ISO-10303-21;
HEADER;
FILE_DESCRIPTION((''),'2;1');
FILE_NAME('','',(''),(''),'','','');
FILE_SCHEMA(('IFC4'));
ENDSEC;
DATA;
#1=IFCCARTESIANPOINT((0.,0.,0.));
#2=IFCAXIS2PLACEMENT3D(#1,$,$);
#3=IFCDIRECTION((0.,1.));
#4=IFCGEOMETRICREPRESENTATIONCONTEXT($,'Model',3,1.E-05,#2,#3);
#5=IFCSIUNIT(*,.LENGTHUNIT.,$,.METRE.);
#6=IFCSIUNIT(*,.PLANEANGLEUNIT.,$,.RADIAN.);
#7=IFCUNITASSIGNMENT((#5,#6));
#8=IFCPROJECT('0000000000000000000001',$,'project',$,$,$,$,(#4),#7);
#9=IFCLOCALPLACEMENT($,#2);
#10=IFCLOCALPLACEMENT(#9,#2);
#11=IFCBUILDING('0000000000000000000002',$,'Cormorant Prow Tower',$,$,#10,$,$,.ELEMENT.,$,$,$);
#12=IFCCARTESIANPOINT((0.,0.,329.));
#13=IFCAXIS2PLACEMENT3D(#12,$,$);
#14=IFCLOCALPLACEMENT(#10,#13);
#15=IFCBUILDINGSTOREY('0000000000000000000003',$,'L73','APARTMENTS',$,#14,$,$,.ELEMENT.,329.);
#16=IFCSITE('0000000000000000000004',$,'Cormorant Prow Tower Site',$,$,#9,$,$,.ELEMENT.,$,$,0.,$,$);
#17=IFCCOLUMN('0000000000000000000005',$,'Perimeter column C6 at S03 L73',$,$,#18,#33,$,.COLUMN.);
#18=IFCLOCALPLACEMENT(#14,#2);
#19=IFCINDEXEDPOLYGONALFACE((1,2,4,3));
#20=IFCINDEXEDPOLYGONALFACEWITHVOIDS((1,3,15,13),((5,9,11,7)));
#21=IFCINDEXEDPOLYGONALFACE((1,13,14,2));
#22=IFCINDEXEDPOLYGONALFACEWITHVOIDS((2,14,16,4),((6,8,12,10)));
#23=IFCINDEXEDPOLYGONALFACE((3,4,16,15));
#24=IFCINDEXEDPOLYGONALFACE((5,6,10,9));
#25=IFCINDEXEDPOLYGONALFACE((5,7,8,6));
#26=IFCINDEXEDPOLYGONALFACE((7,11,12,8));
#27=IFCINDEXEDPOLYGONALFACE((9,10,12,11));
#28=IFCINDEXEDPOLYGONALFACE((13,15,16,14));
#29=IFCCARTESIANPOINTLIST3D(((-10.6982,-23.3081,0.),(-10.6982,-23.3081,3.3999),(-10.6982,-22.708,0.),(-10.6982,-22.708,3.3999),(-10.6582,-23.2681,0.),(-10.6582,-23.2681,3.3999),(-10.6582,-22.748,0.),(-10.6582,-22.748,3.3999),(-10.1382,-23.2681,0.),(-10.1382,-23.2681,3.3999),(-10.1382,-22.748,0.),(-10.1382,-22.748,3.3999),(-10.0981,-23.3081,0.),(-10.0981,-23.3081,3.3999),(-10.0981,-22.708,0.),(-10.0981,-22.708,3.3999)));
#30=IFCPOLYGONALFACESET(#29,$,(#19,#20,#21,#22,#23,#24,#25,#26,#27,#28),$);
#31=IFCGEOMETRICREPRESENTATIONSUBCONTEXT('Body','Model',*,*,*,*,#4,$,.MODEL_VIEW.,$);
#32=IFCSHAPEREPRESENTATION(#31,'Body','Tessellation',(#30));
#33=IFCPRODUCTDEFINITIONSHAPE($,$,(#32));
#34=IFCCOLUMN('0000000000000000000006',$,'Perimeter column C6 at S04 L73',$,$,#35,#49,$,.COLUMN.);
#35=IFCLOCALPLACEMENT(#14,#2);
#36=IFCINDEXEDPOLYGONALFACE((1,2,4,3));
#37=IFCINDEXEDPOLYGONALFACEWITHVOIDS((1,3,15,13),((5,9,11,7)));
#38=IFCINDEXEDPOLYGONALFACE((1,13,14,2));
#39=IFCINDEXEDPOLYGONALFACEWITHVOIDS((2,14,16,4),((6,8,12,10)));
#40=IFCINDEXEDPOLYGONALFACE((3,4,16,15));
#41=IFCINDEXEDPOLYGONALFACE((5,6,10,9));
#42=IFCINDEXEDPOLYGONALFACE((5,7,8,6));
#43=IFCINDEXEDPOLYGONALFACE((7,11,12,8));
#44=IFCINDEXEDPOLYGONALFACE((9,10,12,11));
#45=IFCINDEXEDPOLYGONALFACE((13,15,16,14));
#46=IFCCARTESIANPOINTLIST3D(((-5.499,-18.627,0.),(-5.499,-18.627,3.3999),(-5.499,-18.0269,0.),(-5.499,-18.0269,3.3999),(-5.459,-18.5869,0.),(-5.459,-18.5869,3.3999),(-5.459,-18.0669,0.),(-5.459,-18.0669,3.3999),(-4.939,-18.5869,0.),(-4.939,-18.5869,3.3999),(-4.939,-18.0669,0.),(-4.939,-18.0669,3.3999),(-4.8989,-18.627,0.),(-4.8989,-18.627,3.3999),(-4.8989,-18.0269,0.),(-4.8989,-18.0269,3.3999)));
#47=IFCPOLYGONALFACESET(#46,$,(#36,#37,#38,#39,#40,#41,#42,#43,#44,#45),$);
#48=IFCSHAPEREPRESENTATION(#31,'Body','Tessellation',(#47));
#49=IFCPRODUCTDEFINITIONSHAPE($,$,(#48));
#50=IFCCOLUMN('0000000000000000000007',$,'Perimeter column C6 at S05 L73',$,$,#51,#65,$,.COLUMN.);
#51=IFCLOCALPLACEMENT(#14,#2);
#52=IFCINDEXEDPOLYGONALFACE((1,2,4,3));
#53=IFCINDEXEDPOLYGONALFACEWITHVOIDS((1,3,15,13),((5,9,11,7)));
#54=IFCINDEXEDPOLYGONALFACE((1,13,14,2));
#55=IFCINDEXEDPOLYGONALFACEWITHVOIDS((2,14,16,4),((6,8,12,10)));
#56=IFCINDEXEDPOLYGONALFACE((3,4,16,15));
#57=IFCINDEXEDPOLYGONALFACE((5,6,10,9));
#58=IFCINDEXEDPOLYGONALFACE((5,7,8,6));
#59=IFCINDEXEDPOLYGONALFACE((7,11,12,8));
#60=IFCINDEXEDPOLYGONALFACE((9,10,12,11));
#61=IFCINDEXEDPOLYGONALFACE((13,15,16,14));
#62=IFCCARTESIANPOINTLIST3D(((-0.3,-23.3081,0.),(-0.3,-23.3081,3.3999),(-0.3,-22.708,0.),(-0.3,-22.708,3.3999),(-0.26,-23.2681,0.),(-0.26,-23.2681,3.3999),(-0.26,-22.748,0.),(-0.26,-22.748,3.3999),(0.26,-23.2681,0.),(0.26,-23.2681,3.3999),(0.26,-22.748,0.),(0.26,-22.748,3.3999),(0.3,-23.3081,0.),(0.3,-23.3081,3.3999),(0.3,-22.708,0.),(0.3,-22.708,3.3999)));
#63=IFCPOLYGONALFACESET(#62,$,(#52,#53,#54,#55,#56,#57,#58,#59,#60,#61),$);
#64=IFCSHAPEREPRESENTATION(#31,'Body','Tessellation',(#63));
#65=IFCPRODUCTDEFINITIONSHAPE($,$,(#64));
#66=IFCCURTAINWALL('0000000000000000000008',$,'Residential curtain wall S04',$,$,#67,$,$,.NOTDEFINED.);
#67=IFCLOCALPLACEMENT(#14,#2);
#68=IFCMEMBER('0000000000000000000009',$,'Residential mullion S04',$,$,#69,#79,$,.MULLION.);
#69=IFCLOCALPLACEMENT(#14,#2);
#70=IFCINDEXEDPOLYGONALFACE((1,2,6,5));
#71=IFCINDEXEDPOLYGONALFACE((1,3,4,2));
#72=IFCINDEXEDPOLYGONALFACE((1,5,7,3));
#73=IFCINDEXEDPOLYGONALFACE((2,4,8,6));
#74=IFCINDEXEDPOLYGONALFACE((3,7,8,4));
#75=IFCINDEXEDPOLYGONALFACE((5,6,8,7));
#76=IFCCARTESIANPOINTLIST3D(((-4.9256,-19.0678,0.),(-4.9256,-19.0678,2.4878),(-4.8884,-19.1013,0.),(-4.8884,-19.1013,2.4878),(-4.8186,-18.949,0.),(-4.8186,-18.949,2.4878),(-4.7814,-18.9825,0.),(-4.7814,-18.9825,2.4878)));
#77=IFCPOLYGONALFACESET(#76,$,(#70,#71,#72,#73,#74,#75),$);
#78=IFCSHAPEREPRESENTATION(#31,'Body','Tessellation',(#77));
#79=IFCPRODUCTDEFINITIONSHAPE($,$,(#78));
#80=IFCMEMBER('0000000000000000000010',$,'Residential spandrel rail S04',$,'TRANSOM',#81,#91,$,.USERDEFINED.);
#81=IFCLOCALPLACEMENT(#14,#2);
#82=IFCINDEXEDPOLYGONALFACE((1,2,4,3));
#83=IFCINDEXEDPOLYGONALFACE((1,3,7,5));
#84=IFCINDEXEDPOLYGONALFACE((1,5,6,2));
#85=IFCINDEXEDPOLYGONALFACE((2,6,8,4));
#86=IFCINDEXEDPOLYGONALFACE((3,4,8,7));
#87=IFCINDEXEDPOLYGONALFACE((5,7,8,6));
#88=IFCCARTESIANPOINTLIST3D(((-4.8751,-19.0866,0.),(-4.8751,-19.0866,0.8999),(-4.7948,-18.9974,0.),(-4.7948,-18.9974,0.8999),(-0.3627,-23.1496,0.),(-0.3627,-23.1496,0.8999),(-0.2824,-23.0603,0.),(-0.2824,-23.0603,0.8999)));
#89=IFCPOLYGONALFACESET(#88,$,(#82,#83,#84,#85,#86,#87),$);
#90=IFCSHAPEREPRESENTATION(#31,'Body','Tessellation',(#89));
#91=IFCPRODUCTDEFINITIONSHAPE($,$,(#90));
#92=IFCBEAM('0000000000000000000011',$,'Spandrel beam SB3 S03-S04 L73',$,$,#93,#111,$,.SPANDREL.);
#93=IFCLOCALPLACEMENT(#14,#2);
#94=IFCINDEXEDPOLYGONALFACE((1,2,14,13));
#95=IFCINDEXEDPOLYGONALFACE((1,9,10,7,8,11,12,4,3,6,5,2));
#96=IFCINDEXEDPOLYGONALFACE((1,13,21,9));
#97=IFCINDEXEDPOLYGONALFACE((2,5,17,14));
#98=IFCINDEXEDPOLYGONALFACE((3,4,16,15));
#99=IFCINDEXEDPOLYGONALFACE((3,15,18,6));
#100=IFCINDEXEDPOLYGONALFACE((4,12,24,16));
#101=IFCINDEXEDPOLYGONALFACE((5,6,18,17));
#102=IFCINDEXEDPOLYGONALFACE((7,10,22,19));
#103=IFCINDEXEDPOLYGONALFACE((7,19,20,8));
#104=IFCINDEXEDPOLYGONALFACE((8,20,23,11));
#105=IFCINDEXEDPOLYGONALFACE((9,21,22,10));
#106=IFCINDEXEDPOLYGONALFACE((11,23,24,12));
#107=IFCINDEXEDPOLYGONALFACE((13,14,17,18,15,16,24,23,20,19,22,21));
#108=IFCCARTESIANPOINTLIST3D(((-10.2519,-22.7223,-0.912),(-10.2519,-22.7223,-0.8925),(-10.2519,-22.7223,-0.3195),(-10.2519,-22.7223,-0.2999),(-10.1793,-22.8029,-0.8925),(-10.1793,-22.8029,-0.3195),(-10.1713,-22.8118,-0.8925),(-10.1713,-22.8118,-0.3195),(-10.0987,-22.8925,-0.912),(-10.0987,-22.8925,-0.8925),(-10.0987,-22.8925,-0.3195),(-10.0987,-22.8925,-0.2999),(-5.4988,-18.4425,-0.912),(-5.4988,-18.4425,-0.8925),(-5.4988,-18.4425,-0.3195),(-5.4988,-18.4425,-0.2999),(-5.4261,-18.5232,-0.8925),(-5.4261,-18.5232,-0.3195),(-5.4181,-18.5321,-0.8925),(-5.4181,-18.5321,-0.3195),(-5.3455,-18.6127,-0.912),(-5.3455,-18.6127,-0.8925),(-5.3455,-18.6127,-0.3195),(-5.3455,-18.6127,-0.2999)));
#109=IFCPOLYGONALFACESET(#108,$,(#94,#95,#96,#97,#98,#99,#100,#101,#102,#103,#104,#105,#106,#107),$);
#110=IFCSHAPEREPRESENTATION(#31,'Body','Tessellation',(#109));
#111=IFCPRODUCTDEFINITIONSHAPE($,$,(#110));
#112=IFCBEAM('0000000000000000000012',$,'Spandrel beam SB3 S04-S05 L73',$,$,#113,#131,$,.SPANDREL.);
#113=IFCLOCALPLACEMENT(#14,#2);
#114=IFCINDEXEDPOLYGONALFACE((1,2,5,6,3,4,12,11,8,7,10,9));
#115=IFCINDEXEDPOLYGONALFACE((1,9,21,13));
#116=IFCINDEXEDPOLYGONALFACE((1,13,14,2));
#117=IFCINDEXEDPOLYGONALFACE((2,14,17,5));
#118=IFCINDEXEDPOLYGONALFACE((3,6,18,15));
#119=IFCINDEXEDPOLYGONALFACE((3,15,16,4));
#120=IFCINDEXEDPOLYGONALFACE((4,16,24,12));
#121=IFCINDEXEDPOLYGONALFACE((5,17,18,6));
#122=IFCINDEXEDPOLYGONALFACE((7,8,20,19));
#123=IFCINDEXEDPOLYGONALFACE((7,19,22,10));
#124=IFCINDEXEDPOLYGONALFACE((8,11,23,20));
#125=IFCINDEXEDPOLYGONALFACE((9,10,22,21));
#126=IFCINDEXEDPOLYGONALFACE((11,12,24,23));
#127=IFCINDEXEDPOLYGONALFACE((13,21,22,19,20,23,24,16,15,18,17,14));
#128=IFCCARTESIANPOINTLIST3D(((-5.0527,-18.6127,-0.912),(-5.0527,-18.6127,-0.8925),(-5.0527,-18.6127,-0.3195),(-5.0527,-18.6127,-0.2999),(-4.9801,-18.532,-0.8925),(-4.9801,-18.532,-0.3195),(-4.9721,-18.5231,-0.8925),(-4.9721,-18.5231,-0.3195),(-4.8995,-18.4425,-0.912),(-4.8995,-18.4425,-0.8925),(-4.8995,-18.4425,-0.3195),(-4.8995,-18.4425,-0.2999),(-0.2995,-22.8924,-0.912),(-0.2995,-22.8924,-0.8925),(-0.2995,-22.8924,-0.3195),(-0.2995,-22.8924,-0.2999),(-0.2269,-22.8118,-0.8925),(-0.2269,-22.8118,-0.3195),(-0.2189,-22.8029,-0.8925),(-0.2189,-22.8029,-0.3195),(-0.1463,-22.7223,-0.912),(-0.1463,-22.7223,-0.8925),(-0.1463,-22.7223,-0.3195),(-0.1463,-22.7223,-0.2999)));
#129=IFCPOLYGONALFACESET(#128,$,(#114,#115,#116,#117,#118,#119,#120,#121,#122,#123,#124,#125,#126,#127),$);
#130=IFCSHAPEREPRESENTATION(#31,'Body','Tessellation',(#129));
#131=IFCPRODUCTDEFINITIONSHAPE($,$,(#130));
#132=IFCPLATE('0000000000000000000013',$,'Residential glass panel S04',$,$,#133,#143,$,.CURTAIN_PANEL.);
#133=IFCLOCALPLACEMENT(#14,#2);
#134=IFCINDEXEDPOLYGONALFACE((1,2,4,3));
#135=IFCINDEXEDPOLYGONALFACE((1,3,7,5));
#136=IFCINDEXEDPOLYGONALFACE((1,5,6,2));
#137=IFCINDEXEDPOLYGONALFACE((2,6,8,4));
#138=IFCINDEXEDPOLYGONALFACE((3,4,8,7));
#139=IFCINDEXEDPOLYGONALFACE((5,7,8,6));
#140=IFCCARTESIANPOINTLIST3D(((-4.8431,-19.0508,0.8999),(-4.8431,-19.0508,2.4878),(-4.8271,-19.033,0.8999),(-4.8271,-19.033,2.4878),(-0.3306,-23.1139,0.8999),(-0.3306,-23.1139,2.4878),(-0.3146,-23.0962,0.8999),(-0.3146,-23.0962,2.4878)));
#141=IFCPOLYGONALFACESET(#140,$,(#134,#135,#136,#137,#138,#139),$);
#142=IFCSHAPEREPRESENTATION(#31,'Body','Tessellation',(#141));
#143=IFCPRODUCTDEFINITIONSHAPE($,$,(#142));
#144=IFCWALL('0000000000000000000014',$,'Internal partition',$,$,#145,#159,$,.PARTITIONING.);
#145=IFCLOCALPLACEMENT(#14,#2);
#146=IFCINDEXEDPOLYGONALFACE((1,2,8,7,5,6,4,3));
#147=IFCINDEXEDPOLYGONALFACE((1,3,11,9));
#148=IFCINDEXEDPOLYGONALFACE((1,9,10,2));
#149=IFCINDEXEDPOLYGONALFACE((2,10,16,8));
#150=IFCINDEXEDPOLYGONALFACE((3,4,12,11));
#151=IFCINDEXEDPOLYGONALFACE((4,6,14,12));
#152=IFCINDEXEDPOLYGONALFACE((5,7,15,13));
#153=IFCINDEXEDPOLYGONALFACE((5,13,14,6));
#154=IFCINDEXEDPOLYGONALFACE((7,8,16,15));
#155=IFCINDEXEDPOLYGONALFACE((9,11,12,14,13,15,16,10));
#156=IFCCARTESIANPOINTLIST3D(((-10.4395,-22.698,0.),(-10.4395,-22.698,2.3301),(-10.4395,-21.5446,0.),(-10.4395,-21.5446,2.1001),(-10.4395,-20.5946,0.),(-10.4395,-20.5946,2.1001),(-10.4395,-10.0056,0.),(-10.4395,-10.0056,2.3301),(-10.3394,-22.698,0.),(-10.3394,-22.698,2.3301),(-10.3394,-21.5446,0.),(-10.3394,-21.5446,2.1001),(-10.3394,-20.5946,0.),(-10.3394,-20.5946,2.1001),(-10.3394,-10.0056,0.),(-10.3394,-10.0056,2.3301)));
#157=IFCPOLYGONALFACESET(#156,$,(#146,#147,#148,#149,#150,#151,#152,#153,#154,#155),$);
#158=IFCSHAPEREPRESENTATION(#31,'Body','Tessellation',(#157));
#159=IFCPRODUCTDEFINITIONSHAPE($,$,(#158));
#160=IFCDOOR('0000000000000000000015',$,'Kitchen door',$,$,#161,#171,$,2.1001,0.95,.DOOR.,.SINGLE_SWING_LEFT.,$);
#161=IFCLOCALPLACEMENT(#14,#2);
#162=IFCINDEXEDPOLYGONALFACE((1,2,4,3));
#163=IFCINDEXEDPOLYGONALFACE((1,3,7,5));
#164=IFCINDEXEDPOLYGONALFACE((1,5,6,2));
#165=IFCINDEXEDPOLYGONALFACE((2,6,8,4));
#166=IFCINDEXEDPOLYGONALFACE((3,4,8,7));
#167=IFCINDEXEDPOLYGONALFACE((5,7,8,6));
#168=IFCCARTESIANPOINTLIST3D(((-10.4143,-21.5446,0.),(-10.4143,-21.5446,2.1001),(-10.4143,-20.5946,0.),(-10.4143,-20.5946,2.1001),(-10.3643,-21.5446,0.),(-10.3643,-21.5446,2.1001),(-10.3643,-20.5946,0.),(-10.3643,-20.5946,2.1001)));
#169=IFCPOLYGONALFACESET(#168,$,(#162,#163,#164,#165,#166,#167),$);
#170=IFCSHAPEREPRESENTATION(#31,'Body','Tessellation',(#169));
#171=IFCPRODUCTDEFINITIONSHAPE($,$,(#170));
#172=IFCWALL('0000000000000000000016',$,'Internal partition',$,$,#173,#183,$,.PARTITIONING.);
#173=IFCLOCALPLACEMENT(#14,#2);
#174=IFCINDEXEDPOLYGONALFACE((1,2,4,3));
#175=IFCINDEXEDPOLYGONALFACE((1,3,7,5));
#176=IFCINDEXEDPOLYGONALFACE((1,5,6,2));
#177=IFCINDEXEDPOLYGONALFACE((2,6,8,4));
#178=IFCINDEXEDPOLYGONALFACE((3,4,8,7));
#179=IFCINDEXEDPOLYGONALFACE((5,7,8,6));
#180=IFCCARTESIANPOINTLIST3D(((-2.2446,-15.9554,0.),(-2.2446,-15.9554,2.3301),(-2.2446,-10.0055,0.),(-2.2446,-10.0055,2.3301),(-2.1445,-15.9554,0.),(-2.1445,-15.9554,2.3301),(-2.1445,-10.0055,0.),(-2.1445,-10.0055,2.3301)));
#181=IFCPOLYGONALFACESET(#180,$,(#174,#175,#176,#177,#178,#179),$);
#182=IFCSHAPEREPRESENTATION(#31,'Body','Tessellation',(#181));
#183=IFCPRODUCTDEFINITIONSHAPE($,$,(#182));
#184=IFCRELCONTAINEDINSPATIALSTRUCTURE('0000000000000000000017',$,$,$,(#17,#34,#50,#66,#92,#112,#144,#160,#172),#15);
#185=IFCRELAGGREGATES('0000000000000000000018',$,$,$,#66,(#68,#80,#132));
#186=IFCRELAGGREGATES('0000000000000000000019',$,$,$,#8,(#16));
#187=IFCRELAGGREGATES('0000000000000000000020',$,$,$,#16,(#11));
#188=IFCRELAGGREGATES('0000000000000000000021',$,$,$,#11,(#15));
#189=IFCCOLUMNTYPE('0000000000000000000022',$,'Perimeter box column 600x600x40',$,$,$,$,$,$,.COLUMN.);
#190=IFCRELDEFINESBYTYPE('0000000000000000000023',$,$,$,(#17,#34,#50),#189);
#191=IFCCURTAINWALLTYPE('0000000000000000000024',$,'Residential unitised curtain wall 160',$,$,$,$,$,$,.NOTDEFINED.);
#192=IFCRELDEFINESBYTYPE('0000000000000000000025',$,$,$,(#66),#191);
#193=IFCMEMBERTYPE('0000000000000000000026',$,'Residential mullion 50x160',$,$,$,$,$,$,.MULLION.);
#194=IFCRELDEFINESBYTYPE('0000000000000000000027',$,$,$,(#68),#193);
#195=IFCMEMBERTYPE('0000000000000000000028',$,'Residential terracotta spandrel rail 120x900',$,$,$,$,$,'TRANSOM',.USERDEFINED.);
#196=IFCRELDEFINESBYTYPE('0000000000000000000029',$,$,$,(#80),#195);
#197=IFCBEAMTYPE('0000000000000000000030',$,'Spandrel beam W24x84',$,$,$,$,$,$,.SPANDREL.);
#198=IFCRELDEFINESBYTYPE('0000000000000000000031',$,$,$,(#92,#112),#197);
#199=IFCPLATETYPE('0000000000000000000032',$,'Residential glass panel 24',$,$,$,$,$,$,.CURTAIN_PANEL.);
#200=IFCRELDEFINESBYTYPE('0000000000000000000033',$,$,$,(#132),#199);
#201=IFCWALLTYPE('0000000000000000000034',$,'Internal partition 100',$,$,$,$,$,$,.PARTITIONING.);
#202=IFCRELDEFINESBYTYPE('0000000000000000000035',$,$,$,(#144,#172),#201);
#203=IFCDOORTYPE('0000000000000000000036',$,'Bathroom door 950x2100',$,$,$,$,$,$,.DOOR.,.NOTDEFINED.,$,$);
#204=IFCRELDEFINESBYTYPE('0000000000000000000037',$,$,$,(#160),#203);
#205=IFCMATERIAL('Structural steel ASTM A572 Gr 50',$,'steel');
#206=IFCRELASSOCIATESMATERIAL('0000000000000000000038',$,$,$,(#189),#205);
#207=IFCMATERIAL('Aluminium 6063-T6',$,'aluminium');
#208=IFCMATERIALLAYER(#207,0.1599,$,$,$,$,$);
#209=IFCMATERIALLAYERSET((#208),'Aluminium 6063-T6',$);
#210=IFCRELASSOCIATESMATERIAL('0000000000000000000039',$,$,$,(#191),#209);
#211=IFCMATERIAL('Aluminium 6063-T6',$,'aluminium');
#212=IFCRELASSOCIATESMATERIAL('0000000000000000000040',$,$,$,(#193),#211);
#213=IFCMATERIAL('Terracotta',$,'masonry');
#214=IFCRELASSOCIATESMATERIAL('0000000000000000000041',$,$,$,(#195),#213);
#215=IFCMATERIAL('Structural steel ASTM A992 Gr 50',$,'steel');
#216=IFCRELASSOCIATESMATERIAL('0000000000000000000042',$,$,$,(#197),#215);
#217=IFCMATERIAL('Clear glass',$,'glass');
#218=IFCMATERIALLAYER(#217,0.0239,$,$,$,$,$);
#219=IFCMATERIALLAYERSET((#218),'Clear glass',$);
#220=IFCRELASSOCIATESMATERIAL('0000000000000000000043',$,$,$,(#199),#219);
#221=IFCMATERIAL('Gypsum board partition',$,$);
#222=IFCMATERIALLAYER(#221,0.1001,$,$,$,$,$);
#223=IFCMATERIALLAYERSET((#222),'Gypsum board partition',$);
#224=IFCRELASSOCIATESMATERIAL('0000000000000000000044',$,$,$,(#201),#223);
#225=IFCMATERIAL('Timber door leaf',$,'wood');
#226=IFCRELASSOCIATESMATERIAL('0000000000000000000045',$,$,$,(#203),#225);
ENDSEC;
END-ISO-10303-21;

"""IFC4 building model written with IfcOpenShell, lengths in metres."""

from ifc_helpers import new_model, si_unit, direction, frame, frame_2d, origin, origin_2d, place, context, subcontext, project, spatial, rectangle, hollow_rectangle, i_section, extrude, material, layer, layer_set, material_profile, profile_set, type_object, element, fill, aggregate, save


model = new_model("IFC4")

# Units and contexts
model_context = context("Model", 3, precision=1e-05, world=origin(), true_north=direction((0.0, 1.0)))
body_context = subcontext(model_context, "Body", "Model", "MODEL_VIEW")
ifc_project = project(units=[si_unit("LENGTHUNIT", "METRE"), si_unit("PLANEANGLEUNIT", "RADIAN")], contexts=[model_context])

# Site, building, storey
site_placement = place(None, origin())
site = spatial("IfcSite", under=ifc_project, at=site_placement, Name="Cormorant Prow Tower Site", CompositionType="ELEMENT", RefElevation=0.0)
building_placement = place(site_placement, origin())
building = spatial("IfcBuilding", under=site, at=building_placement, Name="Cormorant Prow Tower", CompositionType="ELEMENT")
storey_placement = place(building_placement, frame((0.0, 0.0, 329.0)))
storey = spatial("IfcBuildingStorey", under=building, at=storey_placement, Name="L73", Description="APARTMENTS", CompositionType="ELEMENT", Elevation=329.0)

# Columns
ifc_material_1 = material(Name="Structural steel ASTM A572 Gr 50", Category="steel")
ifc_material_profile_1 = material_profile(ifc_material_1, hollow_rectangle(XDim=0.6001, YDim=0.6001, WallThickness=0.04, at=origin_2d()), Name="Box 600x600x40")
ifc_profile_set_1 = profile_set([ifc_material_profile_1], Name="Structural steel ASTM A572 Gr 50")
column_type = type_object("IfcColumnType", Name="Perimeter box column 600x600x40", PredefinedType="COLUMN", material=ifc_profile_set_1)
for number, where, z_axis, x_axis, name in (
    (1, (-10.3982, -23.0081, 0.0), (0.0, 0.0, 1.0), (1.0, 0.0, 0.0), "Perimeter column C6 at S03 L73"),
    (2, (-5.199, -18.3269, 0.0), (0.0, 0.0, 1.0), (1.0, 0.0, 0.0), "Perimeter column C6 at S04 L73"),
    (3, (0.0, -23.0081, 0.0), (0.0, 0.0, 1.0), (1.0, 0.0, 0.0), "Perimeter column C6 at S05 L73"),
):
    element("IfcColumn", number, at=place(storey_placement, frame(where, z_axis=z_axis, x_axis=x_axis)), inside=storey, type_object=column_type, Name=name, PredefinedType="COLUMN", context=body_context, shape_type="SweptSolid", body=[
        extrude(hollow_rectangle(XDim=0.6001, YDim=0.6001, WallThickness=0.04, at=origin_2d()), origin(), (0.0, 0.0, 1.0), 3.3999),
    ])

# Curtain wall, members
ifc_material_2 = material(Name="Aluminium 6063-T6", Category="aluminium")
ifc_layer_1 = layer(ifc_material_2, 0.1599)
ifc_layer_set_1 = layer_set([ifc_layer_1], Name="Aluminium 6063-T6")
curtain_wall_type = type_object("IfcCurtainWallType", Name="Residential unitised curtain wall 160", PredefinedType="NOTDEFINED", material=ifc_layer_set_1)
curtain_wall_placement = place(storey_placement, origin())
curtain_wall = element("IfcCurtainWall", 4, at=curtain_wall_placement, inside=storey, type_object=curtain_wall_type, Name="Residential curtain wall S04", PredefinedType="NOTDEFINED")
ifc_material_3 = material(Name="Aluminium 6063-T6", Category="aluminium")
ifc_material_profile_2 = material_profile(ifc_material_3, rectangle(XDim=0.1599, YDim=0.05, at=origin_2d()), Name="Residential mullion 50x160")
ifc_profile_set_2 = profile_set([ifc_material_profile_2], Name="Aluminium 6063-T6")
member_type_1 = type_object("IfcMemberType", Name="Residential mullion 50x160", PredefinedType="MULLION", material=ifc_profile_set_2)
member_1_placement = place(storey_placement, frame((-4.8535, -19.0251, 0.0), z_axis=(0.0, 0.0, 1.0), x_axis=(0.669131, 0.743145, 0.0)))
member_1 = element("IfcMember", 5, at=member_1_placement, type_object=member_type_1, Name="Residential mullion S04", PredefinedType="MULLION", context=body_context, shape_type="SweptSolid", body=[
    extrude(rectangle(XDim=0.1599, YDim=0.05, at=origin_2d()), origin(), (0.0, 0.0, 1.0), 2.4878),
])
ifc_material_4 = material(Name="Terracotta", Category="masonry")
ifc_material_profile_3 = material_profile(ifc_material_4, rectangle(XDim=0.1201, YDim=0.8999, at=origin_2d()), Name="Residential terracotta spandrel rail 120x900")
ifc_profile_set_3 = profile_set([ifc_material_profile_3], Name="Terracotta")
member_type_2 = type_object("IfcMemberType", Name="Residential terracotta spandrel rail 120x900", ElementType="TRANSOM", PredefinedType="USERDEFINED", material=ifc_profile_set_3)
member_2_placement = place(storey_placement, frame((-4.835, -19.042, 0.45), z_axis=(0.743148, -0.669127, 0.0), x_axis=(0.669127, 0.743148, 0.0)))
member_2 = element("IfcMember", 6, at=member_2_placement, type_object=member_type_2, Name="Residential spandrel rail S04", ObjectType="TRANSOM", PredefinedType="USERDEFINED", context=body_context, shape_type="SweptSolid", body=[
    extrude(rectangle(XDim=0.1201, YDim=0.8999, at=origin_2d()), origin(), (0.0, 0.0, 1.0), 6.072),
])

# Beams
ifc_material_5 = material(Name="Structural steel ASTM A992 Gr 50", Category="steel")
ifc_material_profile_4 = material_profile(ifc_material_5, i_section(OverallWidth=0.229, OverallDepth=0.6121, WebThickness=0.012, FlangeThickness=0.0195, at=origin_2d()), Name="W24x84")
ifc_profile_set_4 = profile_set([ifc_material_profile_4], Name="Structural steel ASTM A992 Gr 50")
beam_type = type_object("IfcBeamType", Name="Spandrel beam W24x84", PredefinedType="SPANDREL", material=ifc_profile_set_4)
for number, where, z_axis, x_axis, name in (
    (7, (-10.1753, -22.8074, -0.606), (0.743144, 0.669131, 0.0), (-0.669131, 0.743144, 0.0), "Spandrel beam SB3 S03-S04 L73"),
    (8, (-4.9761, -18.5276, -0.606), (0.743144, -0.669131, 0.0), (0.669131, 0.743144, 0.0), "Spandrel beam SB3 S04-S05 L73"),
):
    element("IfcBeam", number, at=place(storey_placement, frame(where, z_axis=z_axis, x_axis=x_axis)), inside=storey, type_object=beam_type, Name=name, PredefinedType="SPANDREL", context=body_context, shape_type="SweptSolid", body=[
        extrude(i_section(OverallWidth=0.229, OverallDepth=0.6121, WebThickness=0.012, FlangeThickness=0.0195, at=origin_2d()), origin(), (0.0, 0.0, 1.0), 6.396),
    ])

# Plate
ifc_material_6 = material(Name="Clear glass", Category="glass")
ifc_layer_2 = layer(ifc_material_6, 0.0239)
ifc_layer_set_2 = layer_set([ifc_layer_2], Name="Clear glass")
plate_type = type_object("IfcPlateType", Name="Residential glass panel 24", PredefinedType="CURTAIN_PANEL", material=ifc_layer_set_2)
plate_placement = place(storey_placement, frame((-2.5789, -21.0735, 0.8999), z_axis=(0.0, 0.0, 1.0), x_axis=(0.743145, -0.669131, 0.0)))
plate = element("IfcPlate", 9, at=plate_placement, type_object=plate_type, Name="Residential glass panel S04", PredefinedType="CURTAIN_PANEL", context=body_context, shape_type="SweptSolid", body=[
    extrude(rectangle(XDim=6.0723, YDim=0.0239, at=origin_2d()), origin(), (0.0, 0.0, 1.0), 1.5879),
])
aggregate(curtain_wall, [member_1, member_2, plate])

# Wall, opening, door
ifc_material_7 = material(Name="Gypsum board partition")
ifc_layer_3 = layer(ifc_material_7, 0.1001)
ifc_layer_set_3 = layer_set([ifc_layer_3], Name="Gypsum board partition")
wall_type_1 = type_object("IfcWallType", Name="Internal partition 100", PredefinedType="PARTITIONING", material=ifc_layer_set_3)
wall_1_placement = place(storey_placement, frame((-10.3894, -22.698, 0.0), z_axis=(0.0, 0.0, 1.0), x_axis=(0.0, 1.0, 0.0)))
wall_1 = element("IfcWall", 10, at=wall_1_placement, inside=storey, type_object=wall_type_1, Name="Internal partition", PredefinedType="PARTITIONING", context=body_context, shape_type="SweptSolid", body=[
    extrude(rectangle(XDim=12.6924, YDim=0.1001, at=frame_2d((6.3462, 0.0))), origin(), (0.0, 0.0, 1.0), 2.3301),
])
opening_1_placement = place(wall_1_placement, frame((1.1533, 0.0, 0.0)))
opening_1 = element("IfcOpeningElement", 11, at=opening_1_placement, cuts=wall_1, PredefinedType="OPENING", context=body_context, shape_type="SweptSolid", body=[
    extrude(rectangle(XDim=0.95, YDim=2.1001, at=frame_2d((0.4751, 1.05))), frame((0.0, 0.0601, 0.0), z_axis=(0.0, -1.0, 0.0), x_axis=(1.0, 0.0, 0.0)), (0.0, 0.0, 1.0), 0.1201),
])
ifc_material_8 = material(Name="Timber door leaf", Category="wood")
door_type_1 = type_object("IfcDoorType", Name="Bathroom door 950x2100", OperationType="NOTDEFINED", PredefinedType="DOOR", material=ifc_material_8)
door_1_placement = place(opening_1_placement, origin())
door_1 = element("IfcDoor", 12, at=door_1_placement, inside=storey, type_object=door_type_1, Name="Kitchen door", OperationType="SINGLE_SWING_LEFT", OverallHeight=2.1001, OverallWidth=0.95, PredefinedType="DOOR", context=body_context, shape_type="SweptSolid", body=[
    extrude(rectangle(XDim=0.95, YDim=2.1001, at=frame_2d((0.4751, 1.05))), frame((0.0, 0.0249, 0.0), z_axis=(0.0, -1.0, 0.0), x_axis=(1.0, 0.0, 0.0)), (0.0, 0.0, 1.0), 0.05),
])
fill(opening_1, door_1)

# Wall
wall_2_placement = place(storey_placement, frame((-2.1946, -15.9556, 0.0), z_axis=(0.0, 0.0, 1.0), x_axis=(0.0, 1.0, 0.0)))
element("IfcWall", 13, at=wall_2_placement, inside=storey, type_object=wall_type_1, Name="Internal partition", PredefinedType="PARTITIONING", context=body_context, shape_type="SweptSolid", body=[
    extrude(rectangle(XDim=5.95, YDim=0.1001, at=frame_2d((2.9751, 0.0))), origin(), (0.0, 0.0, 1.0), 2.3301),
])

save(model, "model.ifc")
